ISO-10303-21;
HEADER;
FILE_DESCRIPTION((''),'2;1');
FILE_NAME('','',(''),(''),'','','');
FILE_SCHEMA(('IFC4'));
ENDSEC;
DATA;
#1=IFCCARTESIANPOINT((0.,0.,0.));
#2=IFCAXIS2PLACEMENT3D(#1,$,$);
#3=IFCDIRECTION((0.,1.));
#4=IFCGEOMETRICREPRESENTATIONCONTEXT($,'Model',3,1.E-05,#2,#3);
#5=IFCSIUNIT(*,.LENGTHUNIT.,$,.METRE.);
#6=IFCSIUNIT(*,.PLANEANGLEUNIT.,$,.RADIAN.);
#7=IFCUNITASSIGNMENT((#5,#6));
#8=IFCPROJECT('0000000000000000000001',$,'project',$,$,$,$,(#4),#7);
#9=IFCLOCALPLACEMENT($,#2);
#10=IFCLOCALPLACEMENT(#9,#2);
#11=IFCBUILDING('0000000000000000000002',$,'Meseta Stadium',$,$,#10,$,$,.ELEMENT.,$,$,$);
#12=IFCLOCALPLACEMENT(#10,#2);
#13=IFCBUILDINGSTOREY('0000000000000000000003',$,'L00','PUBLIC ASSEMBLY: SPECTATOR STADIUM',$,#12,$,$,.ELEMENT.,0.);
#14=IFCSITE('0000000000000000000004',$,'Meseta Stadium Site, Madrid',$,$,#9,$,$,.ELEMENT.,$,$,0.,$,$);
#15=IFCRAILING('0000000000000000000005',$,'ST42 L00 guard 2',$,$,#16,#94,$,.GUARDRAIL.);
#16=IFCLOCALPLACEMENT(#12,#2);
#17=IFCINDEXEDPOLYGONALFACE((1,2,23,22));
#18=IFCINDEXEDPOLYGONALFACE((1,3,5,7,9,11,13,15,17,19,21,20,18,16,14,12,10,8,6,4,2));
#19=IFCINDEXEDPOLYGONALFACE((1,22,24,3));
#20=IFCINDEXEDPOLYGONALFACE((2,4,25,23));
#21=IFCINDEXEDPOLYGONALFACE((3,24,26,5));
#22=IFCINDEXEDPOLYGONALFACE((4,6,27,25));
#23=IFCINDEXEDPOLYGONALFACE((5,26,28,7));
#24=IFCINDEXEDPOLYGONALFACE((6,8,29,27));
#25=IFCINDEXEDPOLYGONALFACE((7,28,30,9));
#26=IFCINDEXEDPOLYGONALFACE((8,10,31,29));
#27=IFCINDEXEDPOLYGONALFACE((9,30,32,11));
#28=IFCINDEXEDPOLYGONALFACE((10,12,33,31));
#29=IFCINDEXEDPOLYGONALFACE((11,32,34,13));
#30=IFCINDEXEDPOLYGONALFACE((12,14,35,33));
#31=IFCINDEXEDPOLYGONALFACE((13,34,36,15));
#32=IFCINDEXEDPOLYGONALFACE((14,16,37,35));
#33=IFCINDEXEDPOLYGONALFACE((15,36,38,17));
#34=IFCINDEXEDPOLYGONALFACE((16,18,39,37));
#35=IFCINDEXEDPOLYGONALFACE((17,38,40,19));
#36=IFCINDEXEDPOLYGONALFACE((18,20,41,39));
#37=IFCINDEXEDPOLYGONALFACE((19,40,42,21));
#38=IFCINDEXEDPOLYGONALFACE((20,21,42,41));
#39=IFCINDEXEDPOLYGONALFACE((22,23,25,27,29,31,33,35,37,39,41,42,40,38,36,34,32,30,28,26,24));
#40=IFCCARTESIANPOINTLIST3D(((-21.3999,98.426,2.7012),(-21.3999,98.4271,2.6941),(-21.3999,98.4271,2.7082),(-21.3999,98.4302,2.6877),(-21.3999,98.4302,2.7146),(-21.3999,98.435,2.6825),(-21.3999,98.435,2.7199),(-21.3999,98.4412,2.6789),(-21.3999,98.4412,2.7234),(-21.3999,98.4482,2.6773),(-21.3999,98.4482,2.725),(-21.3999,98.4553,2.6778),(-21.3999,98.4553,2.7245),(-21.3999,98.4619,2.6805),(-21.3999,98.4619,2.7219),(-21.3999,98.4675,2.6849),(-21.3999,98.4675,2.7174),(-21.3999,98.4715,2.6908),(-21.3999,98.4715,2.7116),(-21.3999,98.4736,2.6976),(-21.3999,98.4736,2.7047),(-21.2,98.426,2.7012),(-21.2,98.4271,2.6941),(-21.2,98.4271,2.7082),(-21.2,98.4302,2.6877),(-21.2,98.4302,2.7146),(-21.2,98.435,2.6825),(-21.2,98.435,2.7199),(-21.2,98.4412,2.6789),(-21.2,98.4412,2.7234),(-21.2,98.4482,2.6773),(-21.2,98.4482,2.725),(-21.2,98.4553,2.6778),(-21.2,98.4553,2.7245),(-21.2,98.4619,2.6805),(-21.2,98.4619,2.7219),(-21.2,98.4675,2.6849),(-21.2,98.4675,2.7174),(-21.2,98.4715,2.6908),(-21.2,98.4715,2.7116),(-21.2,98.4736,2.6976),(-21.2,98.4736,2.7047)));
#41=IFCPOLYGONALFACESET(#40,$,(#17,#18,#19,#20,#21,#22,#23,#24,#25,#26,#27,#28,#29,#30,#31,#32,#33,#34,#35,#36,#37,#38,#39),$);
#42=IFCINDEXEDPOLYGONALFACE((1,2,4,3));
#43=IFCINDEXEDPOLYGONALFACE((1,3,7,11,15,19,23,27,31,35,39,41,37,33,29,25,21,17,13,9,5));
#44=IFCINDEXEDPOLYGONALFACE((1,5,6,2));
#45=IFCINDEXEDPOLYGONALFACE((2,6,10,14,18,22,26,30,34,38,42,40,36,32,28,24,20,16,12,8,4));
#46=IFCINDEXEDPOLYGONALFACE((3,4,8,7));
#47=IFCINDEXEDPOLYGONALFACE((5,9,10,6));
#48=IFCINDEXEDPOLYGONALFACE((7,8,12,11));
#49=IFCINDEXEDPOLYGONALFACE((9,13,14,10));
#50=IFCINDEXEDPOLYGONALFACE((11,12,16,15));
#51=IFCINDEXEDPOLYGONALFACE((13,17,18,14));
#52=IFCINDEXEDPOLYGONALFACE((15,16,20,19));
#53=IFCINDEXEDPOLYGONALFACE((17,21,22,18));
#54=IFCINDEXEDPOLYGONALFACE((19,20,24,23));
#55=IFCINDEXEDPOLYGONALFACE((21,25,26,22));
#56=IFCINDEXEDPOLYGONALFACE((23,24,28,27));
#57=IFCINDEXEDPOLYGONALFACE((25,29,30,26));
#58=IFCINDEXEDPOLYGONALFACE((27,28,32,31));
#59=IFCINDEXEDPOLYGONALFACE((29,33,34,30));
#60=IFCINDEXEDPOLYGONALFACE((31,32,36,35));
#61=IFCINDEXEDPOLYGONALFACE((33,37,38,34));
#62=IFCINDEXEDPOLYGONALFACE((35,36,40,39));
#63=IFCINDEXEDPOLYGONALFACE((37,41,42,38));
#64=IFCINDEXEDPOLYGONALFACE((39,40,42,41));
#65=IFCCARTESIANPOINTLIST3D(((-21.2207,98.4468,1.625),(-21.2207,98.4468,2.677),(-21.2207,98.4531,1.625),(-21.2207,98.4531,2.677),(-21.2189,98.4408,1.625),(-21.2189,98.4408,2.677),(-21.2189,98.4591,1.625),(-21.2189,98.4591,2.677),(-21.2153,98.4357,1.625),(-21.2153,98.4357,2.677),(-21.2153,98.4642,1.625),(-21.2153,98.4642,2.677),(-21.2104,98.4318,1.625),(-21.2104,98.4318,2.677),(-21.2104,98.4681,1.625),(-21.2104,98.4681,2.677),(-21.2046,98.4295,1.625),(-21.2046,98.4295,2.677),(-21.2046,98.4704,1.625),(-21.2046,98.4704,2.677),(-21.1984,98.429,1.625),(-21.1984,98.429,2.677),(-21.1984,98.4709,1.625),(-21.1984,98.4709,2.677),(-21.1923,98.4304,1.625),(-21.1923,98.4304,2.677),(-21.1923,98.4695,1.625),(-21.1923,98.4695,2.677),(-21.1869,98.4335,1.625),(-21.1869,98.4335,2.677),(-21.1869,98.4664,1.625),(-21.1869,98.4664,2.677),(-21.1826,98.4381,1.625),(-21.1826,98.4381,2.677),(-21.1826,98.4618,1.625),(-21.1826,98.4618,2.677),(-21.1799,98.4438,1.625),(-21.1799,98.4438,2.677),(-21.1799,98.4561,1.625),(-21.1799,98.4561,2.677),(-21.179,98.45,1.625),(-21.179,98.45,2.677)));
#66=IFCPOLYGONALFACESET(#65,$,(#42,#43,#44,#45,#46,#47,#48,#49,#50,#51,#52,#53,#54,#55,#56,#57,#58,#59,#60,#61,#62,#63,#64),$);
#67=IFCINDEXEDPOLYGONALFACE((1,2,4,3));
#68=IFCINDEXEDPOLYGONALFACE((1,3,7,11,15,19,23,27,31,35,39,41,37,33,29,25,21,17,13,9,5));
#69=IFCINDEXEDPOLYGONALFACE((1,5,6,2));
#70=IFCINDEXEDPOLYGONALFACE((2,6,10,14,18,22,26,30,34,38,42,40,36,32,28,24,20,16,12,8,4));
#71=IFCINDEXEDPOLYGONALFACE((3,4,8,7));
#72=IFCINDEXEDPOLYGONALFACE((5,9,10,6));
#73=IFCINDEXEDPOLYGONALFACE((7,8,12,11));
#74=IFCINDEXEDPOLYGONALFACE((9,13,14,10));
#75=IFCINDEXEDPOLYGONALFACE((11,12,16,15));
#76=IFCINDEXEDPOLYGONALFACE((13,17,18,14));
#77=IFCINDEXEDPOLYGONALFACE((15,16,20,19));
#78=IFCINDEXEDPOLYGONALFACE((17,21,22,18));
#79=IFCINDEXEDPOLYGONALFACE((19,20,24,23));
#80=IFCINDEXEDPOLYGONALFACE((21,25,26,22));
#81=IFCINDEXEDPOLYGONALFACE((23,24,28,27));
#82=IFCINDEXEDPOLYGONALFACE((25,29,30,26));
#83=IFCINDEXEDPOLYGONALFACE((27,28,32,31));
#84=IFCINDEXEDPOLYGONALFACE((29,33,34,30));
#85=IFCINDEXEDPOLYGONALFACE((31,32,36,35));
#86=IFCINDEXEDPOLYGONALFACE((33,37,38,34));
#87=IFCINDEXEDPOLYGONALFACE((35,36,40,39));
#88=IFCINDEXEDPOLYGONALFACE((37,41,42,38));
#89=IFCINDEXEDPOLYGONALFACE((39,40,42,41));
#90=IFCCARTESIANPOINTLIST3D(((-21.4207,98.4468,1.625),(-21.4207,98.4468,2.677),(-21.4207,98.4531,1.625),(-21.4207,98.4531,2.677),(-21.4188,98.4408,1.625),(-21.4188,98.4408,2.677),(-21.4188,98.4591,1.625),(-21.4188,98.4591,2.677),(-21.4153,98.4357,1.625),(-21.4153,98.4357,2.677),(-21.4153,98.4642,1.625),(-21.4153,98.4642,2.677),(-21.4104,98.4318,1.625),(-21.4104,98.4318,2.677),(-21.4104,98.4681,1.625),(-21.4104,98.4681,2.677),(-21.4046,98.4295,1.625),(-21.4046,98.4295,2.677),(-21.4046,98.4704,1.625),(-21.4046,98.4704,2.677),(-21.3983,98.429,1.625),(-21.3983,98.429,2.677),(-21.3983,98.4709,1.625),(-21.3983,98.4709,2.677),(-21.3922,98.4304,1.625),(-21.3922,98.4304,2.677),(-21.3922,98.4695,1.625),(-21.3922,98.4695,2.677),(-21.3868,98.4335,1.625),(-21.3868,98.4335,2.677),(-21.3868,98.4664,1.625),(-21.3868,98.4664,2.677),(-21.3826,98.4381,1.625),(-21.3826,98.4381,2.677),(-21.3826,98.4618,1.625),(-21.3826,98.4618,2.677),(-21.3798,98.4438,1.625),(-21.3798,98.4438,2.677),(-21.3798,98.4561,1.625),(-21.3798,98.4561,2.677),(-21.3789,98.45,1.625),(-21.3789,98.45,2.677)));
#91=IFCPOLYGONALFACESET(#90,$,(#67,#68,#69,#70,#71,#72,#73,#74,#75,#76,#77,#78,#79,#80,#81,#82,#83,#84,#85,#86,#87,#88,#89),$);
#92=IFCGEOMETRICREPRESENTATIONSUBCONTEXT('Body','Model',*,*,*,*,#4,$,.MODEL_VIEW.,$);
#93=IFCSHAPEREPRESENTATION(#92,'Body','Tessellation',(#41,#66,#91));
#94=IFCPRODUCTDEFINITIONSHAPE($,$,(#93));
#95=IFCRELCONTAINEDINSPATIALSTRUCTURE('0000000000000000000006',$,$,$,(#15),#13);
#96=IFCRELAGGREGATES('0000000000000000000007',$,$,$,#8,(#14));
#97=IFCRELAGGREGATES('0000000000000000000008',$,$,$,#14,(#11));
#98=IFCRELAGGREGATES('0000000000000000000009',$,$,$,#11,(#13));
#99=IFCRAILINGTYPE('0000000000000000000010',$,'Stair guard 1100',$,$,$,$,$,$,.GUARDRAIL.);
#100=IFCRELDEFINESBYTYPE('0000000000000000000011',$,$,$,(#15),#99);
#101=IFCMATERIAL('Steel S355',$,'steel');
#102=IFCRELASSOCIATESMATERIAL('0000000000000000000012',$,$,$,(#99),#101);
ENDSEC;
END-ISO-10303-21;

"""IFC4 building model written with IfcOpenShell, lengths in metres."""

from ifc_helpers import new_model, si_unit, direction, frame, origin, origin_2d, place, context, subcontext, project, spatial, circle, extrude, material, type_object, element, save


model = new_model("IFC4")

# Units and contexts
model_context = context("Model", 3, precision=1e-05, world=origin(), true_north=direction((0.0, 1.0)))
body_context = subcontext(model_context, "Body", "Model", "MODEL_VIEW")
ifc_project = project(units=[si_unit("LENGTHUNIT", "METRE"), si_unit("PLANEANGLEUNIT", "RADIAN")], contexts=[model_context])

# Site, building, storey
site_placement = place(None, origin())
site = spatial("IfcSite", under=ifc_project, at=site_placement, Name="Meseta Stadium Site, Madrid", CompositionType="ELEMENT", RefElevation=0.0)
building_placement = place(site_placement, origin())
building = spatial("IfcBuilding", under=site, at=building_placement, Name="Meseta Stadium", CompositionType="ELEMENT")
storey_placement = place(building_placement, origin())
storey = spatial("IfcBuildingStorey", under=building, at=storey_placement, Name="L00", Description="PUBLIC ASSEMBLY: SPECTATOR STADIUM", CompositionType="ELEMENT", Elevation=0.0)

# Railing
ifc_material_1 = material(Name="Steel S355", Category="steel")
railing_type_1 = type_object("IfcRailingType", Name="Stair guard 1100", PredefinedType="GUARDRAIL", material=ifc_material_1)
railing_1_placement = place(storey_placement, frame((-21.2, 98.45, 1.625)))
element("IfcRailing", 1, at=railing_1_placement, inside=storey, type_object=railing_type_1, Name="ST42 L00 guard 2", PredefinedType="GUARDRAIL", context=body_context, shape_type="SweptSolid", body=[
    extrude(circle(Radius=0.0239, at=origin_2d()), frame((0.0, 0.0, 1.0762), z_axis=(-1.0, 0.0, 0.0), x_axis=(0.0, -1.0, 0.0)), (0.0, 0.0, 1.0), 0.2),
    extrude(circle(Radius=0.021, at=origin_2d()), origin(), (0.0, 0.0, 1.0), 1.052),
    extrude(circle(Radius=0.021, at=origin_2d()), frame((-0.2, 0.0, 0.0)), (0.0, 0.0, 1.0), 1.052),
])

save(model, "model.ifc")
